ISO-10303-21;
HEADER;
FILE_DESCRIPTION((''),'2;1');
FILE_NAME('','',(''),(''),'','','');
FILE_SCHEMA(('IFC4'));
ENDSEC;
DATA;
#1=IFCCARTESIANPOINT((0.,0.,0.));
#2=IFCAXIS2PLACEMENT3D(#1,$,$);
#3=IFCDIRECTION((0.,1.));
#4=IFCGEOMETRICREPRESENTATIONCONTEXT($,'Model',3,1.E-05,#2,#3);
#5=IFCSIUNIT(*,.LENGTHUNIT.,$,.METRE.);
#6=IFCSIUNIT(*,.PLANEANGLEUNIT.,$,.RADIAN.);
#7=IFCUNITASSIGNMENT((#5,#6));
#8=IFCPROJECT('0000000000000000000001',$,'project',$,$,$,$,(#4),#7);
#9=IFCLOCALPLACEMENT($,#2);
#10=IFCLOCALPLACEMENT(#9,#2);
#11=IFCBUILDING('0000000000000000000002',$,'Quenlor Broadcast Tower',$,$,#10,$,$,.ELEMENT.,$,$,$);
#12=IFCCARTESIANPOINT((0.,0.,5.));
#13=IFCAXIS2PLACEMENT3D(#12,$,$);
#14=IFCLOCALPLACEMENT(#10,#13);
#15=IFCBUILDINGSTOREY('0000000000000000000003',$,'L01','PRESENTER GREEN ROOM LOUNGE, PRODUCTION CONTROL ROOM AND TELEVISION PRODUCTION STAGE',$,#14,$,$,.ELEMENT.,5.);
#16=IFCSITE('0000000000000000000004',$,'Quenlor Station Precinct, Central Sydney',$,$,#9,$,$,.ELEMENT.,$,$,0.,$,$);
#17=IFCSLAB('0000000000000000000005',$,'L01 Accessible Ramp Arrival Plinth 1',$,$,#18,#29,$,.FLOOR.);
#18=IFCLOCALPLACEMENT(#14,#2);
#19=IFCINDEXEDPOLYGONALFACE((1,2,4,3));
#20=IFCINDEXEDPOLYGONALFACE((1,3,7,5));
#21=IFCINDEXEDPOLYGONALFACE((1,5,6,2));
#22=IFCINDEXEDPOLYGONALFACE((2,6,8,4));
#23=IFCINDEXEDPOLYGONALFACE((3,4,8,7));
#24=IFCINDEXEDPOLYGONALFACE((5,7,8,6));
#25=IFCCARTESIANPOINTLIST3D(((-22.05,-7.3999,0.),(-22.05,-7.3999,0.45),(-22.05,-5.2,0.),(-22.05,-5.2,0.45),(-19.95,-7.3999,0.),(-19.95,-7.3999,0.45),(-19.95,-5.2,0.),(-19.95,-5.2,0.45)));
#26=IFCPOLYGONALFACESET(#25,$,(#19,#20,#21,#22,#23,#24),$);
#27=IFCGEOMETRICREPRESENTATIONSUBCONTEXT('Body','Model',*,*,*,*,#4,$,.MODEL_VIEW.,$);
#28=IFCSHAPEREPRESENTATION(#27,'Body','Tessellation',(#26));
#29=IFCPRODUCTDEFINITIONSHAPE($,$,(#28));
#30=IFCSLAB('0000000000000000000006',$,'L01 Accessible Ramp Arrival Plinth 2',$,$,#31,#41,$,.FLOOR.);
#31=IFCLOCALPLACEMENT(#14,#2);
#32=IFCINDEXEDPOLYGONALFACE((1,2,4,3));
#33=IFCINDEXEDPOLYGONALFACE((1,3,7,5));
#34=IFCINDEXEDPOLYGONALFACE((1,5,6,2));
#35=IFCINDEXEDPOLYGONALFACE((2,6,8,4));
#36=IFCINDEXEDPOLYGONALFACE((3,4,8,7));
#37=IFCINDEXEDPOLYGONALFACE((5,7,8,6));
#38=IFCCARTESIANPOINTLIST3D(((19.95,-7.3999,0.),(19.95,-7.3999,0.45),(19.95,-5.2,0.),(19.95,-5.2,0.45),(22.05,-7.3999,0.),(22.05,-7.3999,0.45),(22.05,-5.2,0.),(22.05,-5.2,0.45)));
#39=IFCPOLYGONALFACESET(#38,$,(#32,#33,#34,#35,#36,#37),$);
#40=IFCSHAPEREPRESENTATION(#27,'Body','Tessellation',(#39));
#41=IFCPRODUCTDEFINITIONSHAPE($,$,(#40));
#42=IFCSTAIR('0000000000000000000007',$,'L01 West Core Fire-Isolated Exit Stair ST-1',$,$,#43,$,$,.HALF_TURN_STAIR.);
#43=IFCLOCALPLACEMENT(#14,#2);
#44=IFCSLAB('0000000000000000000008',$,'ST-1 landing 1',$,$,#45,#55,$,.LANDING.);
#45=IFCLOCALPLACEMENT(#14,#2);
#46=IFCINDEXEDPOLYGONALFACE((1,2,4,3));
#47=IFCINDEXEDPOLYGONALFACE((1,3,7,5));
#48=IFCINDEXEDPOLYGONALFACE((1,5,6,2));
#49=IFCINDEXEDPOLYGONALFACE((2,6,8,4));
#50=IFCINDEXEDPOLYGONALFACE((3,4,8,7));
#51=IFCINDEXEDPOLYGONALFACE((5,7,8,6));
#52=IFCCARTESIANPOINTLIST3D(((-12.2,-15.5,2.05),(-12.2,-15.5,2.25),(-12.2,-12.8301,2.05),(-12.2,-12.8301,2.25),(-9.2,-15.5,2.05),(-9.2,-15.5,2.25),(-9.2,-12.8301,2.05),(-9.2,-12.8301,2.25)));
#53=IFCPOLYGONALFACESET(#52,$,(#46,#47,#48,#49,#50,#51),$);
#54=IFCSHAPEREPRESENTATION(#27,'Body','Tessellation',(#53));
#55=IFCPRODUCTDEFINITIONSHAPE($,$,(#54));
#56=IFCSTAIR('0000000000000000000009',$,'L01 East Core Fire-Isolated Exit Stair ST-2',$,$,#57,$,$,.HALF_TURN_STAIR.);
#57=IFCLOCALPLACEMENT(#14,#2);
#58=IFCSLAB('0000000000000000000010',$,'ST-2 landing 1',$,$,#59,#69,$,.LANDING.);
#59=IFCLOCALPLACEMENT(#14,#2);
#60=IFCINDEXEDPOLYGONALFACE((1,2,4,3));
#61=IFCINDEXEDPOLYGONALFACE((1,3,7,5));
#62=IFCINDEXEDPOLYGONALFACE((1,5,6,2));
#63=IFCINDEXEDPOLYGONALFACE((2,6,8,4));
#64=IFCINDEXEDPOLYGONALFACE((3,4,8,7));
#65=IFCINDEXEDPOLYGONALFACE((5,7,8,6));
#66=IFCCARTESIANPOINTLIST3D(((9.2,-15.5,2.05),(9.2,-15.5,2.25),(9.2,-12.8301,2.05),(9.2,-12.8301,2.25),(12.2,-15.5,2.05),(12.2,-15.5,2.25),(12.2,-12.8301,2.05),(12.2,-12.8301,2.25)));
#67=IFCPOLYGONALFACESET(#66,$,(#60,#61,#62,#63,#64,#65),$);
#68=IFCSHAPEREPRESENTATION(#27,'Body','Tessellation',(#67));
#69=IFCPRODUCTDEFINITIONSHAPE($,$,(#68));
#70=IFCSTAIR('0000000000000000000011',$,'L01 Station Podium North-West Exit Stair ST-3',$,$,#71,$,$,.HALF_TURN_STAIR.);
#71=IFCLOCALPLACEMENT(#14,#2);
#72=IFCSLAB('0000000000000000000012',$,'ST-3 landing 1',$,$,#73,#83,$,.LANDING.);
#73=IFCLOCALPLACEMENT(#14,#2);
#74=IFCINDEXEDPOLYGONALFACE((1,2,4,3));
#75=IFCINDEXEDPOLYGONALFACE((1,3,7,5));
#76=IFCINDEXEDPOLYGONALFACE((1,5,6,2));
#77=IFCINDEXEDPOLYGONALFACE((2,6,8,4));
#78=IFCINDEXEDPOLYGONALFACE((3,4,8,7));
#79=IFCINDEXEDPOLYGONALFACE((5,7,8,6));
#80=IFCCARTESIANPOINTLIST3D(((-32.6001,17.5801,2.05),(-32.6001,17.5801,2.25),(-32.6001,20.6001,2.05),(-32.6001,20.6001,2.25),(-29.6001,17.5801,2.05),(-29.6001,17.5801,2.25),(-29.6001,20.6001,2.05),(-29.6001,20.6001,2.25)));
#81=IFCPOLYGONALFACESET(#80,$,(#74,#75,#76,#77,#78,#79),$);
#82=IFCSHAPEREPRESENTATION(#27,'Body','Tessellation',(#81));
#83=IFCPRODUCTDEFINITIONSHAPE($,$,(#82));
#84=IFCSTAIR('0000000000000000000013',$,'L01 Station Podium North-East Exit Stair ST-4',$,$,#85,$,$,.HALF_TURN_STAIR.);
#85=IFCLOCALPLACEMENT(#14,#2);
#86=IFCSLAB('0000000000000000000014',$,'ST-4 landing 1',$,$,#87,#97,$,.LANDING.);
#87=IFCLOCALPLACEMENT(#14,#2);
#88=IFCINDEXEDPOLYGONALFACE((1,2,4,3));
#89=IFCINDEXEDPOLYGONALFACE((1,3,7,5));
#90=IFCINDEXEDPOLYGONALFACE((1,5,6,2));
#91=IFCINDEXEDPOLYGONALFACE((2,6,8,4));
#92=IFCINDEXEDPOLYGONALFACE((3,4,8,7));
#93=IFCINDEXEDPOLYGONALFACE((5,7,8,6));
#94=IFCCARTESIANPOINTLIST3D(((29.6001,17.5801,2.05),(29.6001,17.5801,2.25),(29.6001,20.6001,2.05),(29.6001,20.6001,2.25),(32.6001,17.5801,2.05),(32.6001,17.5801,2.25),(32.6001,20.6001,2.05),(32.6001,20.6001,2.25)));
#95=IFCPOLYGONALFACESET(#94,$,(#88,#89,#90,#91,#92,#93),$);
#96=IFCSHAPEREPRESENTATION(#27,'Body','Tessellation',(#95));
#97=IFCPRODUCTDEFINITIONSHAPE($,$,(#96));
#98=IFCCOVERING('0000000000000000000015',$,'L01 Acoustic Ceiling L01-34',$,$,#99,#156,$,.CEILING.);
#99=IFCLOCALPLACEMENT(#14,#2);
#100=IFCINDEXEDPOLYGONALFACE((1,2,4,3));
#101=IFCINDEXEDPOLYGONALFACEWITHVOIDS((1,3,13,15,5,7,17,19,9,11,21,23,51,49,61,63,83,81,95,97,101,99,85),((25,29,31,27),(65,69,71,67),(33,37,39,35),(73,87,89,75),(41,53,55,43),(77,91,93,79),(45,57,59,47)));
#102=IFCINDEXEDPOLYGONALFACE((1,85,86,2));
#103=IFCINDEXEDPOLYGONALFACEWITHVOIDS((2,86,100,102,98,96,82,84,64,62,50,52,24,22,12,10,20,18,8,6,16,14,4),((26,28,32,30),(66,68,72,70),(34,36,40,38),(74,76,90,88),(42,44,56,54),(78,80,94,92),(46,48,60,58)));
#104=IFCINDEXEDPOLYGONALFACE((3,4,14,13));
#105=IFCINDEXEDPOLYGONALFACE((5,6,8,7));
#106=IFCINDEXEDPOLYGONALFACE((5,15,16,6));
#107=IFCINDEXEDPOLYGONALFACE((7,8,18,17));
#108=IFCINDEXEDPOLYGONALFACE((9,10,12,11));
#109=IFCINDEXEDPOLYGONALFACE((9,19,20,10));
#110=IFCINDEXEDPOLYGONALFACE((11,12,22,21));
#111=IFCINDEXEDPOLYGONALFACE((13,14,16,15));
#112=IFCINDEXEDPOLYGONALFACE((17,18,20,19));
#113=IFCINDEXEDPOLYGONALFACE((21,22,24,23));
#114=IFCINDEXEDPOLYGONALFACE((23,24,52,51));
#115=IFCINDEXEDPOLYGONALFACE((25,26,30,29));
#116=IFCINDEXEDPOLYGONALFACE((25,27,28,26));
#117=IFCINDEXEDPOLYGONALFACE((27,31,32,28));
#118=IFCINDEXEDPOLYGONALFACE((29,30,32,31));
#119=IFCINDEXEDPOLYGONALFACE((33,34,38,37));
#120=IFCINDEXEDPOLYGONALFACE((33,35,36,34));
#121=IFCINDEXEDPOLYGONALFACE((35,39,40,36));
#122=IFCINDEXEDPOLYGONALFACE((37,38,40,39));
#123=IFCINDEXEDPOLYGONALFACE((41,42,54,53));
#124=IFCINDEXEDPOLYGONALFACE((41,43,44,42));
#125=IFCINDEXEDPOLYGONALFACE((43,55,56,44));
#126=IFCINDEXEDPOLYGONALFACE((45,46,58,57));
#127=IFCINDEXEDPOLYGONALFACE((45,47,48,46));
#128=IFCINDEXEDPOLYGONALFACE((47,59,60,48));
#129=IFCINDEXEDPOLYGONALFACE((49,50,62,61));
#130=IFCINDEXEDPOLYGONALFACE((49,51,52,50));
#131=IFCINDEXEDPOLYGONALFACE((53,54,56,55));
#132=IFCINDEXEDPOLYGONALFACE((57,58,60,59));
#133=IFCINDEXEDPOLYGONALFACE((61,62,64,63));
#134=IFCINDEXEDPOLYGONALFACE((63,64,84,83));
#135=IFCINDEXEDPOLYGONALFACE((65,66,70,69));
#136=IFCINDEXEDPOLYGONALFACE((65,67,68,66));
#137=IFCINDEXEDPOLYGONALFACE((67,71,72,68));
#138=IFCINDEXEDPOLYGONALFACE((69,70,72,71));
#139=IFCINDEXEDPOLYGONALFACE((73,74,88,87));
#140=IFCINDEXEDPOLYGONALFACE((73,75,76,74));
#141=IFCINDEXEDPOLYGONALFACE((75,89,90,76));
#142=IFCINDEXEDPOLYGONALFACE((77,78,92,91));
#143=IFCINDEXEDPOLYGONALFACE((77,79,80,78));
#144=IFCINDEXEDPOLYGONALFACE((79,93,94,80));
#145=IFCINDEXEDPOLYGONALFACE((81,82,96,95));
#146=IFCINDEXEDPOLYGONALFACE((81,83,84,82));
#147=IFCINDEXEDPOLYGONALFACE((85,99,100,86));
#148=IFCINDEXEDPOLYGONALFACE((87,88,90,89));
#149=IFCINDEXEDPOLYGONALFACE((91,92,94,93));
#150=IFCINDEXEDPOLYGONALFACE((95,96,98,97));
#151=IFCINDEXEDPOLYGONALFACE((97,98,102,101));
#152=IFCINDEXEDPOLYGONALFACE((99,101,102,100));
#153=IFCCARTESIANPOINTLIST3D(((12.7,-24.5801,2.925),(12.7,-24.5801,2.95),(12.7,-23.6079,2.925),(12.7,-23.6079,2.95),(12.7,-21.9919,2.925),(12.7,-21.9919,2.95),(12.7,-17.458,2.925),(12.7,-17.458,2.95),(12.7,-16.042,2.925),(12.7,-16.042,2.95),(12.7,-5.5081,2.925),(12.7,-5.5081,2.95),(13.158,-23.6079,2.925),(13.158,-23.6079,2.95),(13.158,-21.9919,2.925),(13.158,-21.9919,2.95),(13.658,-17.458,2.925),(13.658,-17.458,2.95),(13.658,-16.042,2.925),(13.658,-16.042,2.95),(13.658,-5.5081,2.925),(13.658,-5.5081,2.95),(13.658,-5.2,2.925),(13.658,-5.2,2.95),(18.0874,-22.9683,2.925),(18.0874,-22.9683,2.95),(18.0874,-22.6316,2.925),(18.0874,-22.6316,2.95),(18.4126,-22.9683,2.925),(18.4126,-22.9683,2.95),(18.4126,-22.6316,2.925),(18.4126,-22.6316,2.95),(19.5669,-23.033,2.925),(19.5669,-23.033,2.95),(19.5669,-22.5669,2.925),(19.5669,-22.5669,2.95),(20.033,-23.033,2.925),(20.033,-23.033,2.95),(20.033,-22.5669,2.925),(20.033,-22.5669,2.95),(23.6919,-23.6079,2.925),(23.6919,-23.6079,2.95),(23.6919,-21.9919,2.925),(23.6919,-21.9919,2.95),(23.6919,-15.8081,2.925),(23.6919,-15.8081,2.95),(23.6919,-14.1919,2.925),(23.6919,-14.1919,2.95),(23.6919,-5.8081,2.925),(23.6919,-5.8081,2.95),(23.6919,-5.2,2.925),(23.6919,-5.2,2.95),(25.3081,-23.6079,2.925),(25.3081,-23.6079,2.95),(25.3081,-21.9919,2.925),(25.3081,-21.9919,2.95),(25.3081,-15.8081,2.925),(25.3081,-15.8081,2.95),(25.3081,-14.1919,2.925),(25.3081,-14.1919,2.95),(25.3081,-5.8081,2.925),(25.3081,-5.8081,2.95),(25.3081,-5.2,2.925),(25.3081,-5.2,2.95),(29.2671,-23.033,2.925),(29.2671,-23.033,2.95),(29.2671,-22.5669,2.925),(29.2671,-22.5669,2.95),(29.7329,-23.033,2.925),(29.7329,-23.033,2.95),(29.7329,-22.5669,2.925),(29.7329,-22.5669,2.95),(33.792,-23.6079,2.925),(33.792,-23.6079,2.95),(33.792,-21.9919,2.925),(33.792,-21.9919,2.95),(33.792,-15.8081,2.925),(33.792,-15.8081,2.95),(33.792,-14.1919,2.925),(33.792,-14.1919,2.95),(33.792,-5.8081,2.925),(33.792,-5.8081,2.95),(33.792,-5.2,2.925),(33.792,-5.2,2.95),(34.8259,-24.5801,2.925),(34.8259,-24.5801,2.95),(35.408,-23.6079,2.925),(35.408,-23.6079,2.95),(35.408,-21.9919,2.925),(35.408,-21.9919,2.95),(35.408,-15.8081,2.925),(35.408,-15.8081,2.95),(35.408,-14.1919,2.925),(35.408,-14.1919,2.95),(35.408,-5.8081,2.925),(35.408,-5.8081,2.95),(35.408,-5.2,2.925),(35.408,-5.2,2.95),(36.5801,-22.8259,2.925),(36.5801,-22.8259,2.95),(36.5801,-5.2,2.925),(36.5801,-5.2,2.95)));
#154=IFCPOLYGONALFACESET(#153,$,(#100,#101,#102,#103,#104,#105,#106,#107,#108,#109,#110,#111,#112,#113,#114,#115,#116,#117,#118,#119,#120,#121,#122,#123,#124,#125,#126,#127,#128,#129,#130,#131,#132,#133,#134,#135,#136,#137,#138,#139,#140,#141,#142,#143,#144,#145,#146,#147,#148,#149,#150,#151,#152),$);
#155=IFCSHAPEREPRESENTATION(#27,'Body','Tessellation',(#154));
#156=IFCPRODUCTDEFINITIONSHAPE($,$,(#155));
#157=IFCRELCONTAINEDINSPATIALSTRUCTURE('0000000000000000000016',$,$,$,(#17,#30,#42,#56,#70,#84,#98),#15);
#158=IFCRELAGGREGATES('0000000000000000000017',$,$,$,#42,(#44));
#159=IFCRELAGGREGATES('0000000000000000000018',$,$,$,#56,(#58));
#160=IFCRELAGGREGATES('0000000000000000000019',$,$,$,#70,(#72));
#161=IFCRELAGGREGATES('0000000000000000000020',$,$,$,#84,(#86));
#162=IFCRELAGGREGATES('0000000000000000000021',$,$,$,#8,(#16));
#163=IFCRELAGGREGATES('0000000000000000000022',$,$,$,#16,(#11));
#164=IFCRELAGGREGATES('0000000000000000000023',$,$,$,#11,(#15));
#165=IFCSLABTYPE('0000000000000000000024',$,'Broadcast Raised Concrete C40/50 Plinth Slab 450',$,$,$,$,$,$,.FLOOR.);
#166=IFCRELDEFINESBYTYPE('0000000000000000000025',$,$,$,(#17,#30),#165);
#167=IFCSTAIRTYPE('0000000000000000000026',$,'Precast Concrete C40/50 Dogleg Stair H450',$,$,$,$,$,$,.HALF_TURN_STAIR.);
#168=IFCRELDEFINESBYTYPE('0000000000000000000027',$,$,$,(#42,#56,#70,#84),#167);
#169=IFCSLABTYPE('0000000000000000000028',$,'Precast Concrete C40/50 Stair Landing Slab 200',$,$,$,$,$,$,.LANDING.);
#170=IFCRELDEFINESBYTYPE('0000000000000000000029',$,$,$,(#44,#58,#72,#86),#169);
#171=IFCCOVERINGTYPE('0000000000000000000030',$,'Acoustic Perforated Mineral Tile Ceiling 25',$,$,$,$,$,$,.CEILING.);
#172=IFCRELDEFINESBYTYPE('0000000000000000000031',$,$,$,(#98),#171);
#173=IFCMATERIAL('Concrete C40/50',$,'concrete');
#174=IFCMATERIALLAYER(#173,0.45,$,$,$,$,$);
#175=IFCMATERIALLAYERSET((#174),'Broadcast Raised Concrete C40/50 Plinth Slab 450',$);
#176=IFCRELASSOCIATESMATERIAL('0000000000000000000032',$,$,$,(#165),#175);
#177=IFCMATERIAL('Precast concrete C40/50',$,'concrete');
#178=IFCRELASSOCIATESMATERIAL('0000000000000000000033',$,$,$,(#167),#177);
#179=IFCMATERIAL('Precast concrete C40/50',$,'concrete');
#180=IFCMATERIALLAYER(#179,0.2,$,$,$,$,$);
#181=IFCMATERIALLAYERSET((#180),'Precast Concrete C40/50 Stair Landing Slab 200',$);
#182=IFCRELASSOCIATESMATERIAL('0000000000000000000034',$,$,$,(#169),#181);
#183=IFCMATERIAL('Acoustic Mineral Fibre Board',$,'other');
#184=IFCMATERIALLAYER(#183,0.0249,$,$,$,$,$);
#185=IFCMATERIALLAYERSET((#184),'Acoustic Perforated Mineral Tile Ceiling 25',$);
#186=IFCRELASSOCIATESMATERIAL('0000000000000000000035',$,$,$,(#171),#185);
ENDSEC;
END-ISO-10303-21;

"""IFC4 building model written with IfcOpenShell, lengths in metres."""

from ifc_helpers import new_model, si_unit, direction, frame, origin, place, context, subcontext, project, spatial, polyline, outline, extrude, material, layer, layer_set, type_object, element, aggregate, save


model = new_model("IFC4")

# Units and contexts
model_context = context("Model", 3, precision=1e-05, world=origin(), true_north=direction((0.0, 1.0)))
body_context = subcontext(model_context, "Body", "Model", "MODEL_VIEW")
ifc_project = project(units=[si_unit("LENGTHUNIT", "METRE"), si_unit("PLANEANGLEUNIT", "RADIAN")], contexts=[model_context])

# Site, building, storey
site_placement = place(None, origin())
site = spatial("IfcSite", under=ifc_project, at=site_placement, Name="Quenlor Station Precinct, Central Sydney", CompositionType="ELEMENT", RefElevation=0.0)
building_placement = place(site_placement, origin())
building = spatial("IfcBuilding", under=site, at=building_placement, Name="Quenlor Broadcast Tower", CompositionType="ELEMENT")
storey_placement = place(building_placement, frame((0.0, 0.0, 5.0)))
storey = spatial("IfcBuildingStorey", under=building, at=storey_placement, Name="L01", Description="PRESENTER GREEN ROOM LOUNGE, PRODUCTION CONTROL ROOM AND TELEVISION PRODUCTION STAGE", CompositionType="ELEMENT", Elevation=5.0)

# Slabs
ifc_material_1 = material(Name="Concrete C40/50", Category="concrete")
ifc_layer_1 = layer(ifc_material_1, 0.45)
ifc_layer_set_1 = layer_set([ifc_layer_1], Name="Broadcast Raised Concrete C40/50 Plinth Slab 450")
slab_type_1 = type_object("IfcSlabType", Name="Broadcast Raised Concrete C40/50 Plinth Slab 450", PredefinedType="FLOOR", material=ifc_layer_set_1)
slab_1_placement = place(storey_placement, origin())
element("IfcSlab", 1, at=slab_1_placement, inside=storey, type_object=slab_type_1, Name="L01 Accessible Ramp Arrival Plinth 1", PredefinedType="FLOOR", context=body_context, shape_type="SweptSolid", body=[
    extrude(outline(polyline([(-22.05, -7.3999), (-19.95, -7.3999), (-19.95, -5.2), (-22.05, -5.2), (-22.05, -7.3999)])), origin(), (0.0, 0.0, 1.0), 0.45),
])
slab_2_placement = place(storey_placement, origin())
element("IfcSlab", 2, at=slab_2_placement, inside=storey, type_object=slab_type_1, Name="L01 Accessible Ramp Arrival Plinth 2", PredefinedType="FLOOR", context=body_context, shape_type="SweptSolid", body=[
    extrude(outline(polyline([(19.95, -7.3999), (22.05, -7.3999), (22.05, -5.2), (19.95, -5.2), (19.95, -7.3999)])), origin(), (0.0, 0.0, 1.0), 0.45),
])

# Stairs, slabs
ifc_material_2 = material(Name="Precast concrete C40/50", Category="concrete")
stair_type = type_object("IfcStairType", Name="Precast Concrete C40/50 Dogleg Stair H450", PredefinedType="HALF_TURN_STAIR", material=ifc_material_2)
stair_1_placement = place(storey_placement, origin())
stair_1 = element("IfcStair", 3, at=stair_1_placement, inside=storey, type_object=stair_type, Name="L01 West Core Fire-Isolated Exit Stair ST-1", PredefinedType="HALF_TURN_STAIR")
ifc_material_3 = material(Name="Precast concrete C40/50", Category="concrete")
ifc_layer_2 = layer(ifc_material_3, 0.2)
ifc_layer_set_2 = layer_set([ifc_layer_2], Name="Precast Concrete C40/50 Stair Landing Slab 200")
slab_type_2 = type_object("IfcSlabType", Name="Precast Concrete C40/50 Stair Landing Slab 200", PredefinedType="LANDING", material=ifc_layer_set_2)
slab_3_placement = place(storey_placement, frame((0.0, 0.0, 2.05)))
slab_3 = element("IfcSlab", 4, at=slab_3_placement, type_object=slab_type_2, Name="ST-1 landing 1", PredefinedType="LANDING", context=body_context, shape_type="SweptSolid", body=[
    extrude(outline(polyline([(-12.2, -12.8301), (-12.2, -15.5), (-9.2, -15.5), (-9.2, -12.8301), (-12.2, -12.8301)])), origin(), (0.0, 0.0, 1.0), 0.2),
])
aggregate(stair_1, [slab_3])
stair_2_placement = place(storey_placement, origin())
stair_2 = element("IfcStair", 5, at=stair_2_placement, inside=storey, type_object=stair_type, Name="L01 East Core Fire-Isolated Exit Stair ST-2", PredefinedType="HALF_TURN_STAIR")
slab_4_placement = place(storey_placement, frame((0.0, 0.0, 2.05)))
slab_4 = element("IfcSlab", 6, at=slab_4_placement, type_object=slab_type_2, Name="ST-2 landing 1", PredefinedType="LANDING", context=body_context, shape_type="SweptSolid", body=[
    extrude(outline(polyline([(9.2, -12.8301), (9.2, -15.5), (12.2, -15.5), (12.2, -12.8301), (9.2, -12.8301)])), origin(), (0.0, 0.0, 1.0), 0.2),
])
aggregate(stair_2, [slab_4])
stair_3_placement = place(storey_placement, origin())
stair_3 = element("IfcStair", 7, at=stair_3_placement, inside=storey, type_object=stair_type, Name="L01 Station Podium North-West Exit Stair ST-3", PredefinedType="HALF_TURN_STAIR")
slab_5_placement = place(storey_placement, frame((0.0, 0.0, 2.05)))
slab_5 = element("IfcSlab", 8, at=slab_5_placement, type_object=slab_type_2, Name="ST-3 landing 1", PredefinedType="LANDING", context=body_context, shape_type="SweptSolid", body=[
    extrude(outline(polyline([(-29.6001, 17.5801), (-29.6001, 20.6001), (-32.6001, 20.6001), (-32.6001, 17.5801), (-29.6001, 17.5801)])), origin(), (0.0, 0.0, 1.0), 0.2),
])
aggregate(stair_3, [slab_5])
stair_4_placement = place(storey_placement, origin())
stair_4 = element("IfcStair", 9, at=stair_4_placement, inside=storey, type_object=stair_type, Name="L01 Station Podium North-East Exit Stair ST-4", PredefinedType="HALF_TURN_STAIR")
slab_6_placement = place(storey_placement, frame((0.0, 0.0, 2.05)))
slab_6 = element("IfcSlab", 10, at=slab_6_placement, type_object=slab_type_2, Name="ST-4 landing 1", PredefinedType="LANDING", context=body_context, shape_type="SweptSolid", body=[
    extrude(outline(polyline([(32.6001, 17.5801), (32.6001, 20.6001), (29.6001, 20.6001), (29.6001, 17.5801), (32.6001, 17.5801)])), origin(), (0.0, 0.0, 1.0), 0.2),
])
aggregate(stair_4, [slab_6])

# Covering
ifc_material_4 = material(Name="Acoustic Mineral Fibre Board", Category="other")
ifc_layer_3 = layer(ifc_material_4, 0.0249)
ifc_layer_set_3 = layer_set([ifc_layer_3], Name="Acoustic Perforated Mineral Tile Ceiling 25")
covering_type_1 = type_object("IfcCoveringType", Name="Acoustic Perforated Mineral Tile Ceiling 25", PredefinedType="CEILING", material=ifc_layer_set_3)
covering_1_placement = place(storey_placement, frame((0.0, 0.0, 2.925)))
element("IfcCovering", 11, at=covering_1_placement, inside=storey, type_object=covering_type_1, Name="L01 Acoustic Ceiling L01-34", PredefinedType="CEILING", context=body_context, shape_type="SweptSolid", body=[
    extrude(outline(polyline([(12.7, -24.5801), (12.7, -23.6079), (13.158, -23.6079), (13.158, -21.9919), (12.7, -21.9919), (12.7, -17.458), (13.658, -17.458), (13.658, -16.042), (12.7, -16.042), (12.7, -5.5081), (13.658, -5.5081), (13.658, -5.2), (23.6919, -5.2), (23.6919, -5.8081), (25.3081, -5.8081), (25.3081, -5.2), (33.792, -5.2), (33.792, -5.8081), (35.408, -5.8081), (35.408, -5.2), (36.5801, -5.2), (36.5801, -22.8259), (34.8259, -24.5801), (12.7, -24.5801)]), holes=[polyline([(25.3081, -23.6079), (25.3081, -21.9919), (23.6919, -21.9919), (23.6919, -23.6079), (25.3081, -23.6079)]), polyline([(35.408, -23.6079), (35.408, -21.9919), (33.792, -21.9919), (33.792, -23.6079), (35.408, -23.6079)]), polyline([(29.7329, -23.033), (29.7329, -22.5669), (29.2671, -22.5669), (29.2671, -23.033), (29.7329, -23.033)]), polyline([(20.033, -23.033), (20.033, -22.5669), (19.5669, -22.5669), (19.5669, -23.033), (20.033, -23.033)]), polyline([(18.4126, -22.6316), (18.0874, -22.6316), (18.0874, -22.9683), (18.4126, -22.9683), (18.4126, -22.6316)]), polyline([(25.3081, -15.8081), (25.3081, -14.1919), (23.6919, -14.1919), (23.6919, -15.8081), (25.3081, -15.8081)]), polyline([(35.408, -15.8081), (35.408, -14.1919), (33.792, -14.1919), (33.792, -15.8081), (35.408, -15.8081)])]), origin(), (0.0, 0.0, 1.0), 0.0249),
])

save(model, "model.ifc")
